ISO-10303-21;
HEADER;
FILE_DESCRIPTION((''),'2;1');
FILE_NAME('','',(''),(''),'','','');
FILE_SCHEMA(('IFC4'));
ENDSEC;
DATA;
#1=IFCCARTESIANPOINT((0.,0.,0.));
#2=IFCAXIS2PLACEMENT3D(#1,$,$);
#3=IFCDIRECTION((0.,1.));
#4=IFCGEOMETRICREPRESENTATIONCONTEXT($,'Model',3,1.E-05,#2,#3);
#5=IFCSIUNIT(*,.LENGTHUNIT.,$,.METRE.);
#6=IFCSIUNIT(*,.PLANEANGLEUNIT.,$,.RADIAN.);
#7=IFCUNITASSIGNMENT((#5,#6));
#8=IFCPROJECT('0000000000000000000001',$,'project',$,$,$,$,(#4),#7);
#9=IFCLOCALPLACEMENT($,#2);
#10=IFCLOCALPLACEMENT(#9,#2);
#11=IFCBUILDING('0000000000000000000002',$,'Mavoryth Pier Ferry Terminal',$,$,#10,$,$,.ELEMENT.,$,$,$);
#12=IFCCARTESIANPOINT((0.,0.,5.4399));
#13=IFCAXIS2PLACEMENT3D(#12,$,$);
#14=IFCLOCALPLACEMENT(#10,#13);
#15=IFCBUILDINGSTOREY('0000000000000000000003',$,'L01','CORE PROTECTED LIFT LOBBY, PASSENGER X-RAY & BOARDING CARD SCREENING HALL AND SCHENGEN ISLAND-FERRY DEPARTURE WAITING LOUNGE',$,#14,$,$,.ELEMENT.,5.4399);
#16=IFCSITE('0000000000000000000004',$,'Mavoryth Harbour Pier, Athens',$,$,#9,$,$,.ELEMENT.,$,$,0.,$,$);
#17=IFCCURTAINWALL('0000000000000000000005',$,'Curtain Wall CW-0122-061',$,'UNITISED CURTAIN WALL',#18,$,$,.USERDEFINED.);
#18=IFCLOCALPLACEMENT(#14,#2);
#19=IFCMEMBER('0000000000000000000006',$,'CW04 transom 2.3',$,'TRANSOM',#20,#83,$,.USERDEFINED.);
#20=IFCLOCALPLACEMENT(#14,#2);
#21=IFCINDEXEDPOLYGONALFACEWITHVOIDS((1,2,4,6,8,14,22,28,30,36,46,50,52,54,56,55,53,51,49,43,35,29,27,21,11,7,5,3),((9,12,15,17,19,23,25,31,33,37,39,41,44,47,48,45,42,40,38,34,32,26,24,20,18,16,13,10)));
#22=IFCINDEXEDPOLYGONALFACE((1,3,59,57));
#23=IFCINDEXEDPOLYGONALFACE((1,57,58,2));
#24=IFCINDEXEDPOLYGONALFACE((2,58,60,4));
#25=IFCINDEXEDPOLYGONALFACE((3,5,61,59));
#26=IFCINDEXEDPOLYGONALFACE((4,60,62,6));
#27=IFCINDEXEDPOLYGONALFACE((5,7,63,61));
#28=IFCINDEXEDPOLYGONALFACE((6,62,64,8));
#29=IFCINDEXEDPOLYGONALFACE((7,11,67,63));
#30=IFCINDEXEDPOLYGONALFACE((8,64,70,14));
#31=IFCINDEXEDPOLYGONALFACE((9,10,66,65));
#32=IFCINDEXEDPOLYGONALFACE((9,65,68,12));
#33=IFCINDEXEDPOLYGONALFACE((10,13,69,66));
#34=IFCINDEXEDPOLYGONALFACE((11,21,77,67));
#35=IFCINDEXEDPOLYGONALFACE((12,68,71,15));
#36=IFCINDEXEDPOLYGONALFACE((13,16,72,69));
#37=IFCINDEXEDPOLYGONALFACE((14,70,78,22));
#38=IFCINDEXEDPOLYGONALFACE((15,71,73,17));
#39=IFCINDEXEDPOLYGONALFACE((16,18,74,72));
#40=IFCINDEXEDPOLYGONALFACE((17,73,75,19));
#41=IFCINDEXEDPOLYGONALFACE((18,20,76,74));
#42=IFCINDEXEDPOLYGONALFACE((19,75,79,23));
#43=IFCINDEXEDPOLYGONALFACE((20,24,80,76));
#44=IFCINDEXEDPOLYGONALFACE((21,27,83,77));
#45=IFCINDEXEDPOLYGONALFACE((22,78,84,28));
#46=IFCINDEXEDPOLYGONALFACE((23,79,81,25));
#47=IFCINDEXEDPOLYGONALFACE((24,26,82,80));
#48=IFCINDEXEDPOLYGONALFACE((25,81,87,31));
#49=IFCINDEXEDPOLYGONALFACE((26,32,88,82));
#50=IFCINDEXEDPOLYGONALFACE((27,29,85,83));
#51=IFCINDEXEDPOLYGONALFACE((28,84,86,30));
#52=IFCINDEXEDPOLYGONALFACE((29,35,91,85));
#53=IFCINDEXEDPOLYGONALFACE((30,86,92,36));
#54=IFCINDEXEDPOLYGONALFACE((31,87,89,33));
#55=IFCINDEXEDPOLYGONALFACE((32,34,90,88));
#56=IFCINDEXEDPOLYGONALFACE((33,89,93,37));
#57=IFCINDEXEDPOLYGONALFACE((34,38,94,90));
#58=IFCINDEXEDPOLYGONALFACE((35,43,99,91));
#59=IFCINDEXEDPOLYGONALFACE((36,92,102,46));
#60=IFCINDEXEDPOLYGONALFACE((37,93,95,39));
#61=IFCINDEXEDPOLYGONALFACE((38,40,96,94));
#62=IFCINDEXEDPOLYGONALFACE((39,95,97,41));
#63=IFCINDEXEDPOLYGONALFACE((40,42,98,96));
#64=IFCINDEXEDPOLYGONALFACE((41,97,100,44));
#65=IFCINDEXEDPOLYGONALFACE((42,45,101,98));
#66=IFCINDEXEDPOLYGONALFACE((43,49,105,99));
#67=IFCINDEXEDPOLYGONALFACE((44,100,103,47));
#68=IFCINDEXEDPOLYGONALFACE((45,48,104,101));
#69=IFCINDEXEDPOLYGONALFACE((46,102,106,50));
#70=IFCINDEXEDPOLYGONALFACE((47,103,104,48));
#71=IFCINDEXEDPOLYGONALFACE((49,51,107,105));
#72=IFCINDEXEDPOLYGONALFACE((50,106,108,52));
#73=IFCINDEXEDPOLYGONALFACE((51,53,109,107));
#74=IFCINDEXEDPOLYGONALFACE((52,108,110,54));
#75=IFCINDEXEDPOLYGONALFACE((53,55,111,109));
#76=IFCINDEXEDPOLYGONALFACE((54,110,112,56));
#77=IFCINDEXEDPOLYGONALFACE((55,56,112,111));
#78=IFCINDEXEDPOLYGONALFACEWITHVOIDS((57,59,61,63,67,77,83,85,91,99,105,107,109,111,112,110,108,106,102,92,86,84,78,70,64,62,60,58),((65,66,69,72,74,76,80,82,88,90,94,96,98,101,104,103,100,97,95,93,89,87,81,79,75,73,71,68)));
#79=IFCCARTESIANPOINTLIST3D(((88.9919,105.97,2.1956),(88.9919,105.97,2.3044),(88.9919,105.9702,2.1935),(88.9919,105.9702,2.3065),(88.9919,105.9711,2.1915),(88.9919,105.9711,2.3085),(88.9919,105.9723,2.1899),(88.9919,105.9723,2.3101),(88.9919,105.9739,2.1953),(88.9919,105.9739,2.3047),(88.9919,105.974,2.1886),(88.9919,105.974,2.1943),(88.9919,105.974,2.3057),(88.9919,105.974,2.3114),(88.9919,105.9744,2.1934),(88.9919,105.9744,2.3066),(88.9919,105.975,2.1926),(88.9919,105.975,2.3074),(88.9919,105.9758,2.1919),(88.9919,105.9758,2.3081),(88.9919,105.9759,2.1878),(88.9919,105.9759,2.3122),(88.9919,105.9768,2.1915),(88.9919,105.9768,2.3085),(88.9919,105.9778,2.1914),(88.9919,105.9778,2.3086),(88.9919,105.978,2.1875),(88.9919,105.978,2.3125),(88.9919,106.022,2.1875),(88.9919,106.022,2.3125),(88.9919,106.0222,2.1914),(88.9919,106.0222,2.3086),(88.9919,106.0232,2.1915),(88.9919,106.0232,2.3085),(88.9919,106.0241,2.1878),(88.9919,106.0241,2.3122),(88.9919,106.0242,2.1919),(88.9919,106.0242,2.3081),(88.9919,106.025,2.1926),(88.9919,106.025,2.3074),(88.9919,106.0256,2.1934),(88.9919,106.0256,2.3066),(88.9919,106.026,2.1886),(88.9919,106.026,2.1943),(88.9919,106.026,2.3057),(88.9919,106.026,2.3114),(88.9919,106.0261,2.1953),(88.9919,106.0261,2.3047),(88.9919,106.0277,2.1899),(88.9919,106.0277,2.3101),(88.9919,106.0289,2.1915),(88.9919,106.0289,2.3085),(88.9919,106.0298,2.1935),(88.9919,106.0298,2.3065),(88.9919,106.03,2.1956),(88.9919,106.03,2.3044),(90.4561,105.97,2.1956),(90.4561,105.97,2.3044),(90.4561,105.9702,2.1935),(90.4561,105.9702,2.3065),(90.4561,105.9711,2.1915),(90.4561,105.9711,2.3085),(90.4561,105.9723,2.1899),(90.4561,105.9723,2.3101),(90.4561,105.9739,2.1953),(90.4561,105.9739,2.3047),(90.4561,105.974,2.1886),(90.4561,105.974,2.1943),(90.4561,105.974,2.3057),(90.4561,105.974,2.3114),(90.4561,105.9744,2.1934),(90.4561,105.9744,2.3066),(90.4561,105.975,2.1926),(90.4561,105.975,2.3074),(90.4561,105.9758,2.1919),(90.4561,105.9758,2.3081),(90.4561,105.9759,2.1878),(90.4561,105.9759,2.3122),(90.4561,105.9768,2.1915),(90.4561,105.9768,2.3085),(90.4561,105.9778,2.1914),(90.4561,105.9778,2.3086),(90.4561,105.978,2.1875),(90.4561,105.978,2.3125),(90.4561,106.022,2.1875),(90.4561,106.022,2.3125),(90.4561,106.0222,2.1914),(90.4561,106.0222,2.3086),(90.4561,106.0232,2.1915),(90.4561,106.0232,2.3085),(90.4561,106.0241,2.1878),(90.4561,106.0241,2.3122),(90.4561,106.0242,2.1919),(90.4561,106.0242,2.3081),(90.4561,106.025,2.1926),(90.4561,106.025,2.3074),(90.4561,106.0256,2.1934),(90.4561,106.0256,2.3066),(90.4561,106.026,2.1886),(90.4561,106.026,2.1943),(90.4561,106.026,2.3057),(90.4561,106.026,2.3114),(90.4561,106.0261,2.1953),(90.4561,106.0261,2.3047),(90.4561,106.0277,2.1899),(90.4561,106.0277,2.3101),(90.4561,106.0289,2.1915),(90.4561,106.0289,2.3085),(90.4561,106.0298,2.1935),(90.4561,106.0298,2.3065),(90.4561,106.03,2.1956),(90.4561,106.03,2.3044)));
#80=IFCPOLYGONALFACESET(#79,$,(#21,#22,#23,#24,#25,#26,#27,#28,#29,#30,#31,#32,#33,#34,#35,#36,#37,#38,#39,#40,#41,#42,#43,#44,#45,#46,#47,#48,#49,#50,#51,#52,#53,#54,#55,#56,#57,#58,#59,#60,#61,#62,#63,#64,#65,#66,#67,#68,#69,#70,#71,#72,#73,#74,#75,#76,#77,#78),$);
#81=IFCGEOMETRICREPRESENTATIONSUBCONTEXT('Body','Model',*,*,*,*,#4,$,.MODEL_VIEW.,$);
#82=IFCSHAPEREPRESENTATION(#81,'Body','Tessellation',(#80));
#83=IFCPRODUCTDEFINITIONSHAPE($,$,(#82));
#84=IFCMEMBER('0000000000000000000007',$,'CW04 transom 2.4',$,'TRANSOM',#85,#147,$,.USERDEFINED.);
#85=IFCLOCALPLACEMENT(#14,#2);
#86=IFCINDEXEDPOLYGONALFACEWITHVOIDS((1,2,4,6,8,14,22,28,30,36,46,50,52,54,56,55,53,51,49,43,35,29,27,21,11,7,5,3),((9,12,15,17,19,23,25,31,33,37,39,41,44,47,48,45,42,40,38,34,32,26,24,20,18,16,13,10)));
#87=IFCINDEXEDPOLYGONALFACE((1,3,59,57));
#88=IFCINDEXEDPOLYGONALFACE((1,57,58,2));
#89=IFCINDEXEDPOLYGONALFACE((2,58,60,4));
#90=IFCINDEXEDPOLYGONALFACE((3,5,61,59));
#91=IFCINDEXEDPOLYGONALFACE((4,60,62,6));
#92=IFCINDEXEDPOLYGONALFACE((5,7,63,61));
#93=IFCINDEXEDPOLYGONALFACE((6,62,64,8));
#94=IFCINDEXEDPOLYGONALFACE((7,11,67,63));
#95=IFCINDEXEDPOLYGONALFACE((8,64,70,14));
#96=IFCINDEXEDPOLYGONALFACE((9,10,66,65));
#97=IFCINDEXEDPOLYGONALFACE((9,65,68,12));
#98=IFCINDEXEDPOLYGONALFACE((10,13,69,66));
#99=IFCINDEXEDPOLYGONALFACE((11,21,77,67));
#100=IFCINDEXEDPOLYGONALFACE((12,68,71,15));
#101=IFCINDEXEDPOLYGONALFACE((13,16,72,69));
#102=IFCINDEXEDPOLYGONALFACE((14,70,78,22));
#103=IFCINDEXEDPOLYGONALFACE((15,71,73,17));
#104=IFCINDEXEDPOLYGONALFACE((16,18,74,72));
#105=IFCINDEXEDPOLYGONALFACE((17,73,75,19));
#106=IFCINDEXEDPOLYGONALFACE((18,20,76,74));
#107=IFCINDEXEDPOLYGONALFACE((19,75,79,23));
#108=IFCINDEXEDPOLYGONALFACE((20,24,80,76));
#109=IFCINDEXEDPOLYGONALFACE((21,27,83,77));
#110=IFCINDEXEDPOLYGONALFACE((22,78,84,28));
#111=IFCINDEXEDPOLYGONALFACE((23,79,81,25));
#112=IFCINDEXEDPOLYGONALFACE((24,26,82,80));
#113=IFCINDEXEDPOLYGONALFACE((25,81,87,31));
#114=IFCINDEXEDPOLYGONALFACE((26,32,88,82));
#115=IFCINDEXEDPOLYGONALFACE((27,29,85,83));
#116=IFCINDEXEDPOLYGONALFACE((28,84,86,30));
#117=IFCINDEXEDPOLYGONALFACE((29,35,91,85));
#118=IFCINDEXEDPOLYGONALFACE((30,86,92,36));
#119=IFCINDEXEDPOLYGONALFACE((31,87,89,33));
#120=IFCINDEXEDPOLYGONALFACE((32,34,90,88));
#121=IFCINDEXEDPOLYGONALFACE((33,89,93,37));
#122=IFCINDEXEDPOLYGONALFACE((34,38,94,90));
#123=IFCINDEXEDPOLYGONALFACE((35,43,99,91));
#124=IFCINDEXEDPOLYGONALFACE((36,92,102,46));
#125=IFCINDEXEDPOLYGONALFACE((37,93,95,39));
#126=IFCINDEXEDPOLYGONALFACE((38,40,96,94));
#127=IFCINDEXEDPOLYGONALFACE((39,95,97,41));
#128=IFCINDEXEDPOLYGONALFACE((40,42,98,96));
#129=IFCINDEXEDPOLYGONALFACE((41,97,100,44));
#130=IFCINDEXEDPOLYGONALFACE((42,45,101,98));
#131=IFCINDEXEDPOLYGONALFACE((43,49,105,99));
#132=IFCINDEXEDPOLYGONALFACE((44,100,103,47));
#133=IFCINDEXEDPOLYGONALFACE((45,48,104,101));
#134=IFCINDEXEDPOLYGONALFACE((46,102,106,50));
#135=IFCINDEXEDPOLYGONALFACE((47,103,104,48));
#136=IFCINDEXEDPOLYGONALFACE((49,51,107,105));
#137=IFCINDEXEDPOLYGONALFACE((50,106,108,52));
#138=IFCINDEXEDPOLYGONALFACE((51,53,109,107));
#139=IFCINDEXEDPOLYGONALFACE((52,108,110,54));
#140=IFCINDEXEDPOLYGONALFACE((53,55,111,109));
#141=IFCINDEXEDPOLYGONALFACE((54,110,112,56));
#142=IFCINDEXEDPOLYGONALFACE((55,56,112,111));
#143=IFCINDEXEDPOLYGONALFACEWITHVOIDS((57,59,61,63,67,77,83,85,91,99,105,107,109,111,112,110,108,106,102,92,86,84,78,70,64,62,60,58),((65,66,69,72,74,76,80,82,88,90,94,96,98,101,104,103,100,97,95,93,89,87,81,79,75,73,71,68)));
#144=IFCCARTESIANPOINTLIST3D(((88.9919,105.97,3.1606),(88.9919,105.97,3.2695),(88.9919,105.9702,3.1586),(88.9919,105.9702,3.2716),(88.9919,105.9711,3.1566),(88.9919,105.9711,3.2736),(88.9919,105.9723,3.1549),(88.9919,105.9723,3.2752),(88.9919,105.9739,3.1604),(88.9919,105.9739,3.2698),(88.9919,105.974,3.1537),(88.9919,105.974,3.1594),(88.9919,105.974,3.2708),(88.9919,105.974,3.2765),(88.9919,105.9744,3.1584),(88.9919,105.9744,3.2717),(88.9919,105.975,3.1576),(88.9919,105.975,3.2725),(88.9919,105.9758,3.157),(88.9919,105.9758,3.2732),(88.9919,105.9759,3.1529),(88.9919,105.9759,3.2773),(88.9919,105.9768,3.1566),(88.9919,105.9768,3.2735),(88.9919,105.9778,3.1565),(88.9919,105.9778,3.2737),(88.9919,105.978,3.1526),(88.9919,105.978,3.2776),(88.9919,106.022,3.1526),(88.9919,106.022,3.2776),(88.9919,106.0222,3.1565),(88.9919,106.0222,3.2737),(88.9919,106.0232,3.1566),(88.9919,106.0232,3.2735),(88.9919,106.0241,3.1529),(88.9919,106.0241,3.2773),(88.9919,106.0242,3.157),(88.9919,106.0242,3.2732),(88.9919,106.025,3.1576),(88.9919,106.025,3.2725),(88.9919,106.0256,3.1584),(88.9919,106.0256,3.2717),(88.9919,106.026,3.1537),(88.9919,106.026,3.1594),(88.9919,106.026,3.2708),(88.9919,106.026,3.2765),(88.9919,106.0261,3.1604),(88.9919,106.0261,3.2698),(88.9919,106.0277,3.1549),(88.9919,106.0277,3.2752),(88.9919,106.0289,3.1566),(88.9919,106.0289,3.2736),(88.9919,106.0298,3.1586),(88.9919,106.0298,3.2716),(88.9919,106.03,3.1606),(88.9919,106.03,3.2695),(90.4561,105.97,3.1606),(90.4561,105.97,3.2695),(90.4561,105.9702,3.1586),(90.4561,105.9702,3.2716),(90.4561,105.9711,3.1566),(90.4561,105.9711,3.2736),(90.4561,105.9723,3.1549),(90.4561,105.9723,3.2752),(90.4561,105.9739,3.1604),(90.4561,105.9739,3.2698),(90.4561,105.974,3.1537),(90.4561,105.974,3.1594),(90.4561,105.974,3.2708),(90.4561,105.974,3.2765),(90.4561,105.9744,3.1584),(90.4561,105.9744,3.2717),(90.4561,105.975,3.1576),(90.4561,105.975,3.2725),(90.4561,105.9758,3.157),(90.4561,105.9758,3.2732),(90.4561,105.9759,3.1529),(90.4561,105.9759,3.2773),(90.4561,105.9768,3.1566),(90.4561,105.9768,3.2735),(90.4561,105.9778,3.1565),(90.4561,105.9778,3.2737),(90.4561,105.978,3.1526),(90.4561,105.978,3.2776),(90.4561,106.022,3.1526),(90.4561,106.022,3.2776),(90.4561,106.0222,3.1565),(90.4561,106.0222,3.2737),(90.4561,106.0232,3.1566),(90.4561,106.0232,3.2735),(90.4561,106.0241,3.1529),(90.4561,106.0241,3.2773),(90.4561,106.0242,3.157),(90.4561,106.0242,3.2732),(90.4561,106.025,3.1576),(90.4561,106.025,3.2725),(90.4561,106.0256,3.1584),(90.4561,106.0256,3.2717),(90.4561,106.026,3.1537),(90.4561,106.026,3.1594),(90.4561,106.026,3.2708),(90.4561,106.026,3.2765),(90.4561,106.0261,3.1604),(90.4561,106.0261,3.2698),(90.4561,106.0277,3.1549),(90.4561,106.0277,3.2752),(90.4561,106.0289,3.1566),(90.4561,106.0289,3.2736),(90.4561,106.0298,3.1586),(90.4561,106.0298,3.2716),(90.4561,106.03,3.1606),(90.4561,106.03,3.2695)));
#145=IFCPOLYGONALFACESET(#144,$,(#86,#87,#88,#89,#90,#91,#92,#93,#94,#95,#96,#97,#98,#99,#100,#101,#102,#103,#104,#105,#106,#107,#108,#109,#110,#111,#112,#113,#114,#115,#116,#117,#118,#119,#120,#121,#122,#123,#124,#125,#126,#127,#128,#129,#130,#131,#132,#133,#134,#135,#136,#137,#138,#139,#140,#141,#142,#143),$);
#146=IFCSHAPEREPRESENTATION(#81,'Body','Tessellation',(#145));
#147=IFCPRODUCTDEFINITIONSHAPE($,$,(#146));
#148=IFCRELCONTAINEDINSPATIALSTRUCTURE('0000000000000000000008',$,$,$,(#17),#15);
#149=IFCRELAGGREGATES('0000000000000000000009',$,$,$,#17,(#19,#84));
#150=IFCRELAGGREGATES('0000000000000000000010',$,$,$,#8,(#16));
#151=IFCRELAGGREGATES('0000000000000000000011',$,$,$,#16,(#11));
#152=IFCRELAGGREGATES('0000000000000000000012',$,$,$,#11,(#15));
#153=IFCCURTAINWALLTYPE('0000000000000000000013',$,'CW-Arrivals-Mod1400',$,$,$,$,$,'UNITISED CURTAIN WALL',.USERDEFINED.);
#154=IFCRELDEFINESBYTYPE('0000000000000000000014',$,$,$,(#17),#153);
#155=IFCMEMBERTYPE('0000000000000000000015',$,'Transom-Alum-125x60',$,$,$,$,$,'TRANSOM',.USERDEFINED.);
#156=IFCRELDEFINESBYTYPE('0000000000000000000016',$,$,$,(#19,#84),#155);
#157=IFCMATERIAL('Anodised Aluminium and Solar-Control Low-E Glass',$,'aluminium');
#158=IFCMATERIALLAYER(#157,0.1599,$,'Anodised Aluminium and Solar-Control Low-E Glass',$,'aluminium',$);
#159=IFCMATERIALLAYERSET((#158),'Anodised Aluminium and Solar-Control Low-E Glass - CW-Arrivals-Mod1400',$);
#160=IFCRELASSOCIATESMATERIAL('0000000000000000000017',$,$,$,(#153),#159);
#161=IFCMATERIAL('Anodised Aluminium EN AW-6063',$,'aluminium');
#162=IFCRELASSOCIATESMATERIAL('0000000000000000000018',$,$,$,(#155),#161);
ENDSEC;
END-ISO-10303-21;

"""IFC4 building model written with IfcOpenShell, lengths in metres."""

from ifc_helpers import new_model, si_unit, direction, frame, origin, origin_2d, place, context, subcontext, project, spatial, hollow_rectangle, extrude, material, layer, layer_set, material_profile, profile_set, type_object, element, aggregate, save


model = new_model("IFC4")

# Units and contexts
model_context = context("Model", 3, precision=1e-05, world=origin(), true_north=direction((0.0, 1.0)))
body_context = subcontext(model_context, "Body", "Model", "MODEL_VIEW")
ifc_project = project(units=[si_unit("LENGTHUNIT", "METRE"), si_unit("PLANEANGLEUNIT", "RADIAN")], contexts=[model_context])

# Site, building, storey
site_placement = place(None, origin())
site = spatial("IfcSite", under=ifc_project, at=site_placement, Name="Mavoryth Harbour Pier, Athens", CompositionType="ELEMENT", RefElevation=0.0)
building_placement = place(site_placement, origin())
building = spatial("IfcBuilding", under=site, at=building_placement, Name="Mavoryth Pier Ferry Terminal", CompositionType="ELEMENT")
storey_placement = place(building_placement, frame((0.0, 0.0, 5.4399)))
storey = spatial("IfcBuildingStorey", under=building, at=storey_placement, Name="L01", Description="CORE PROTECTED LIFT LOBBY, PASSENGER X-RAY & BOARDING CARD SCREENING HALL AND SCHENGEN ISLAND-FERRY DEPARTURE WAITING LOUNGE", CompositionType="ELEMENT", Elevation=5.4399)

# Curtain wall, members
ifc_material_1 = material(Name="Anodised Aluminium and Solar-Control Low-E Glass", Category="aluminium")
ifc_layer_1 = layer(ifc_material_1, 0.1599, Name="Anodised Aluminium and Solar-Control Low-E Glass", Category="aluminium")
ifc_layer_set_1 = layer_set([ifc_layer_1], Name="Anodised Aluminium and Solar-Control Low-E Glass - CW-Arrivals-Mod1400")
curtain_wall_type = type_object("IfcCurtainWallType", Name="CW-Arrivals-Mod1400", ElementType="UNITISED CURTAIN WALL", PredefinedType="USERDEFINED", material=ifc_layer_set_1)
curtain_wall_placement = place(storey_placement, origin())
curtain_wall = element("IfcCurtainWall", 1, at=curtain_wall_placement, inside=storey, type_object=curtain_wall_type, Name="Curtain Wall CW-0122-061", ObjectType="UNITISED CURTAIN WALL", PredefinedType="USERDEFINED")
ifc_material_2 = material(Name="Anodised Aluminium EN AW-6063", Category="aluminium")
ifc_material_profile_1 = material_profile(ifc_material_2, hollow_rectangle(XDim=0.0601, YDim=0.125, WallThickness=0.0039, InnerFilletRadius=0.0039, OuterFilletRadius=0.0081, at=origin_2d()), Name="AL-TRAN 125x60x4", Category="aluminium")
ifc_profile_set_1 = profile_set([ifc_material_profile_1], Name="Anodised Aluminium EN AW-6063 - AL-TRAN 125x60x4")
member_type_1 = type_object("IfcMemberType", Name="Transom-Alum-125x60", ElementType="TRANSOM", PredefinedType="USERDEFINED", material=ifc_profile_set_1)
member_1_placement = place(storey_placement, frame((90.4561, 106.0, 2.25), z_axis=(-1.0, 0.0, 0.0), x_axis=(0.0, -1.0, 0.0)))
member_1 = element("IfcMember", 2, at=member_1_placement, type_object=member_type_1, Name="CW04 transom 2.3", ObjectType="TRANSOM", PredefinedType="USERDEFINED", context=body_context, shape_type="SweptSolid", body=[
    extrude(hollow_rectangle(XDim=0.0601, YDim=0.125, WallThickness=0.0039, InnerFilletRadius=0.0039, OuterFilletRadius=0.0081, at=origin_2d()), origin(), (0.0, 0.0, 1.0), 1.4641),
])
member_2_placement = place(storey_placement, frame((90.4561, 106.0, 3.2151), z_axis=(-1.0, 0.0, 0.0), x_axis=(0.0, -1.0, 0.0)))
member_2 = element("IfcMember", 3, at=member_2_placement, type_object=member_type_1, Name="CW04 transom 2.4", ObjectType="TRANSOM", PredefinedType="USERDEFINED", context=body_context, shape_type="SweptSolid", body=[
    extrude(hollow_rectangle(XDim=0.0601, YDim=0.125, WallThickness=0.0039, InnerFilletRadius=0.0039, OuterFilletRadius=0.0081, at=origin_2d()), origin(), (0.0, 0.0, 1.0), 1.4641),
])
aggregate(curtain_wall, [member_1, member_2])

save(model, "model.ifc")
